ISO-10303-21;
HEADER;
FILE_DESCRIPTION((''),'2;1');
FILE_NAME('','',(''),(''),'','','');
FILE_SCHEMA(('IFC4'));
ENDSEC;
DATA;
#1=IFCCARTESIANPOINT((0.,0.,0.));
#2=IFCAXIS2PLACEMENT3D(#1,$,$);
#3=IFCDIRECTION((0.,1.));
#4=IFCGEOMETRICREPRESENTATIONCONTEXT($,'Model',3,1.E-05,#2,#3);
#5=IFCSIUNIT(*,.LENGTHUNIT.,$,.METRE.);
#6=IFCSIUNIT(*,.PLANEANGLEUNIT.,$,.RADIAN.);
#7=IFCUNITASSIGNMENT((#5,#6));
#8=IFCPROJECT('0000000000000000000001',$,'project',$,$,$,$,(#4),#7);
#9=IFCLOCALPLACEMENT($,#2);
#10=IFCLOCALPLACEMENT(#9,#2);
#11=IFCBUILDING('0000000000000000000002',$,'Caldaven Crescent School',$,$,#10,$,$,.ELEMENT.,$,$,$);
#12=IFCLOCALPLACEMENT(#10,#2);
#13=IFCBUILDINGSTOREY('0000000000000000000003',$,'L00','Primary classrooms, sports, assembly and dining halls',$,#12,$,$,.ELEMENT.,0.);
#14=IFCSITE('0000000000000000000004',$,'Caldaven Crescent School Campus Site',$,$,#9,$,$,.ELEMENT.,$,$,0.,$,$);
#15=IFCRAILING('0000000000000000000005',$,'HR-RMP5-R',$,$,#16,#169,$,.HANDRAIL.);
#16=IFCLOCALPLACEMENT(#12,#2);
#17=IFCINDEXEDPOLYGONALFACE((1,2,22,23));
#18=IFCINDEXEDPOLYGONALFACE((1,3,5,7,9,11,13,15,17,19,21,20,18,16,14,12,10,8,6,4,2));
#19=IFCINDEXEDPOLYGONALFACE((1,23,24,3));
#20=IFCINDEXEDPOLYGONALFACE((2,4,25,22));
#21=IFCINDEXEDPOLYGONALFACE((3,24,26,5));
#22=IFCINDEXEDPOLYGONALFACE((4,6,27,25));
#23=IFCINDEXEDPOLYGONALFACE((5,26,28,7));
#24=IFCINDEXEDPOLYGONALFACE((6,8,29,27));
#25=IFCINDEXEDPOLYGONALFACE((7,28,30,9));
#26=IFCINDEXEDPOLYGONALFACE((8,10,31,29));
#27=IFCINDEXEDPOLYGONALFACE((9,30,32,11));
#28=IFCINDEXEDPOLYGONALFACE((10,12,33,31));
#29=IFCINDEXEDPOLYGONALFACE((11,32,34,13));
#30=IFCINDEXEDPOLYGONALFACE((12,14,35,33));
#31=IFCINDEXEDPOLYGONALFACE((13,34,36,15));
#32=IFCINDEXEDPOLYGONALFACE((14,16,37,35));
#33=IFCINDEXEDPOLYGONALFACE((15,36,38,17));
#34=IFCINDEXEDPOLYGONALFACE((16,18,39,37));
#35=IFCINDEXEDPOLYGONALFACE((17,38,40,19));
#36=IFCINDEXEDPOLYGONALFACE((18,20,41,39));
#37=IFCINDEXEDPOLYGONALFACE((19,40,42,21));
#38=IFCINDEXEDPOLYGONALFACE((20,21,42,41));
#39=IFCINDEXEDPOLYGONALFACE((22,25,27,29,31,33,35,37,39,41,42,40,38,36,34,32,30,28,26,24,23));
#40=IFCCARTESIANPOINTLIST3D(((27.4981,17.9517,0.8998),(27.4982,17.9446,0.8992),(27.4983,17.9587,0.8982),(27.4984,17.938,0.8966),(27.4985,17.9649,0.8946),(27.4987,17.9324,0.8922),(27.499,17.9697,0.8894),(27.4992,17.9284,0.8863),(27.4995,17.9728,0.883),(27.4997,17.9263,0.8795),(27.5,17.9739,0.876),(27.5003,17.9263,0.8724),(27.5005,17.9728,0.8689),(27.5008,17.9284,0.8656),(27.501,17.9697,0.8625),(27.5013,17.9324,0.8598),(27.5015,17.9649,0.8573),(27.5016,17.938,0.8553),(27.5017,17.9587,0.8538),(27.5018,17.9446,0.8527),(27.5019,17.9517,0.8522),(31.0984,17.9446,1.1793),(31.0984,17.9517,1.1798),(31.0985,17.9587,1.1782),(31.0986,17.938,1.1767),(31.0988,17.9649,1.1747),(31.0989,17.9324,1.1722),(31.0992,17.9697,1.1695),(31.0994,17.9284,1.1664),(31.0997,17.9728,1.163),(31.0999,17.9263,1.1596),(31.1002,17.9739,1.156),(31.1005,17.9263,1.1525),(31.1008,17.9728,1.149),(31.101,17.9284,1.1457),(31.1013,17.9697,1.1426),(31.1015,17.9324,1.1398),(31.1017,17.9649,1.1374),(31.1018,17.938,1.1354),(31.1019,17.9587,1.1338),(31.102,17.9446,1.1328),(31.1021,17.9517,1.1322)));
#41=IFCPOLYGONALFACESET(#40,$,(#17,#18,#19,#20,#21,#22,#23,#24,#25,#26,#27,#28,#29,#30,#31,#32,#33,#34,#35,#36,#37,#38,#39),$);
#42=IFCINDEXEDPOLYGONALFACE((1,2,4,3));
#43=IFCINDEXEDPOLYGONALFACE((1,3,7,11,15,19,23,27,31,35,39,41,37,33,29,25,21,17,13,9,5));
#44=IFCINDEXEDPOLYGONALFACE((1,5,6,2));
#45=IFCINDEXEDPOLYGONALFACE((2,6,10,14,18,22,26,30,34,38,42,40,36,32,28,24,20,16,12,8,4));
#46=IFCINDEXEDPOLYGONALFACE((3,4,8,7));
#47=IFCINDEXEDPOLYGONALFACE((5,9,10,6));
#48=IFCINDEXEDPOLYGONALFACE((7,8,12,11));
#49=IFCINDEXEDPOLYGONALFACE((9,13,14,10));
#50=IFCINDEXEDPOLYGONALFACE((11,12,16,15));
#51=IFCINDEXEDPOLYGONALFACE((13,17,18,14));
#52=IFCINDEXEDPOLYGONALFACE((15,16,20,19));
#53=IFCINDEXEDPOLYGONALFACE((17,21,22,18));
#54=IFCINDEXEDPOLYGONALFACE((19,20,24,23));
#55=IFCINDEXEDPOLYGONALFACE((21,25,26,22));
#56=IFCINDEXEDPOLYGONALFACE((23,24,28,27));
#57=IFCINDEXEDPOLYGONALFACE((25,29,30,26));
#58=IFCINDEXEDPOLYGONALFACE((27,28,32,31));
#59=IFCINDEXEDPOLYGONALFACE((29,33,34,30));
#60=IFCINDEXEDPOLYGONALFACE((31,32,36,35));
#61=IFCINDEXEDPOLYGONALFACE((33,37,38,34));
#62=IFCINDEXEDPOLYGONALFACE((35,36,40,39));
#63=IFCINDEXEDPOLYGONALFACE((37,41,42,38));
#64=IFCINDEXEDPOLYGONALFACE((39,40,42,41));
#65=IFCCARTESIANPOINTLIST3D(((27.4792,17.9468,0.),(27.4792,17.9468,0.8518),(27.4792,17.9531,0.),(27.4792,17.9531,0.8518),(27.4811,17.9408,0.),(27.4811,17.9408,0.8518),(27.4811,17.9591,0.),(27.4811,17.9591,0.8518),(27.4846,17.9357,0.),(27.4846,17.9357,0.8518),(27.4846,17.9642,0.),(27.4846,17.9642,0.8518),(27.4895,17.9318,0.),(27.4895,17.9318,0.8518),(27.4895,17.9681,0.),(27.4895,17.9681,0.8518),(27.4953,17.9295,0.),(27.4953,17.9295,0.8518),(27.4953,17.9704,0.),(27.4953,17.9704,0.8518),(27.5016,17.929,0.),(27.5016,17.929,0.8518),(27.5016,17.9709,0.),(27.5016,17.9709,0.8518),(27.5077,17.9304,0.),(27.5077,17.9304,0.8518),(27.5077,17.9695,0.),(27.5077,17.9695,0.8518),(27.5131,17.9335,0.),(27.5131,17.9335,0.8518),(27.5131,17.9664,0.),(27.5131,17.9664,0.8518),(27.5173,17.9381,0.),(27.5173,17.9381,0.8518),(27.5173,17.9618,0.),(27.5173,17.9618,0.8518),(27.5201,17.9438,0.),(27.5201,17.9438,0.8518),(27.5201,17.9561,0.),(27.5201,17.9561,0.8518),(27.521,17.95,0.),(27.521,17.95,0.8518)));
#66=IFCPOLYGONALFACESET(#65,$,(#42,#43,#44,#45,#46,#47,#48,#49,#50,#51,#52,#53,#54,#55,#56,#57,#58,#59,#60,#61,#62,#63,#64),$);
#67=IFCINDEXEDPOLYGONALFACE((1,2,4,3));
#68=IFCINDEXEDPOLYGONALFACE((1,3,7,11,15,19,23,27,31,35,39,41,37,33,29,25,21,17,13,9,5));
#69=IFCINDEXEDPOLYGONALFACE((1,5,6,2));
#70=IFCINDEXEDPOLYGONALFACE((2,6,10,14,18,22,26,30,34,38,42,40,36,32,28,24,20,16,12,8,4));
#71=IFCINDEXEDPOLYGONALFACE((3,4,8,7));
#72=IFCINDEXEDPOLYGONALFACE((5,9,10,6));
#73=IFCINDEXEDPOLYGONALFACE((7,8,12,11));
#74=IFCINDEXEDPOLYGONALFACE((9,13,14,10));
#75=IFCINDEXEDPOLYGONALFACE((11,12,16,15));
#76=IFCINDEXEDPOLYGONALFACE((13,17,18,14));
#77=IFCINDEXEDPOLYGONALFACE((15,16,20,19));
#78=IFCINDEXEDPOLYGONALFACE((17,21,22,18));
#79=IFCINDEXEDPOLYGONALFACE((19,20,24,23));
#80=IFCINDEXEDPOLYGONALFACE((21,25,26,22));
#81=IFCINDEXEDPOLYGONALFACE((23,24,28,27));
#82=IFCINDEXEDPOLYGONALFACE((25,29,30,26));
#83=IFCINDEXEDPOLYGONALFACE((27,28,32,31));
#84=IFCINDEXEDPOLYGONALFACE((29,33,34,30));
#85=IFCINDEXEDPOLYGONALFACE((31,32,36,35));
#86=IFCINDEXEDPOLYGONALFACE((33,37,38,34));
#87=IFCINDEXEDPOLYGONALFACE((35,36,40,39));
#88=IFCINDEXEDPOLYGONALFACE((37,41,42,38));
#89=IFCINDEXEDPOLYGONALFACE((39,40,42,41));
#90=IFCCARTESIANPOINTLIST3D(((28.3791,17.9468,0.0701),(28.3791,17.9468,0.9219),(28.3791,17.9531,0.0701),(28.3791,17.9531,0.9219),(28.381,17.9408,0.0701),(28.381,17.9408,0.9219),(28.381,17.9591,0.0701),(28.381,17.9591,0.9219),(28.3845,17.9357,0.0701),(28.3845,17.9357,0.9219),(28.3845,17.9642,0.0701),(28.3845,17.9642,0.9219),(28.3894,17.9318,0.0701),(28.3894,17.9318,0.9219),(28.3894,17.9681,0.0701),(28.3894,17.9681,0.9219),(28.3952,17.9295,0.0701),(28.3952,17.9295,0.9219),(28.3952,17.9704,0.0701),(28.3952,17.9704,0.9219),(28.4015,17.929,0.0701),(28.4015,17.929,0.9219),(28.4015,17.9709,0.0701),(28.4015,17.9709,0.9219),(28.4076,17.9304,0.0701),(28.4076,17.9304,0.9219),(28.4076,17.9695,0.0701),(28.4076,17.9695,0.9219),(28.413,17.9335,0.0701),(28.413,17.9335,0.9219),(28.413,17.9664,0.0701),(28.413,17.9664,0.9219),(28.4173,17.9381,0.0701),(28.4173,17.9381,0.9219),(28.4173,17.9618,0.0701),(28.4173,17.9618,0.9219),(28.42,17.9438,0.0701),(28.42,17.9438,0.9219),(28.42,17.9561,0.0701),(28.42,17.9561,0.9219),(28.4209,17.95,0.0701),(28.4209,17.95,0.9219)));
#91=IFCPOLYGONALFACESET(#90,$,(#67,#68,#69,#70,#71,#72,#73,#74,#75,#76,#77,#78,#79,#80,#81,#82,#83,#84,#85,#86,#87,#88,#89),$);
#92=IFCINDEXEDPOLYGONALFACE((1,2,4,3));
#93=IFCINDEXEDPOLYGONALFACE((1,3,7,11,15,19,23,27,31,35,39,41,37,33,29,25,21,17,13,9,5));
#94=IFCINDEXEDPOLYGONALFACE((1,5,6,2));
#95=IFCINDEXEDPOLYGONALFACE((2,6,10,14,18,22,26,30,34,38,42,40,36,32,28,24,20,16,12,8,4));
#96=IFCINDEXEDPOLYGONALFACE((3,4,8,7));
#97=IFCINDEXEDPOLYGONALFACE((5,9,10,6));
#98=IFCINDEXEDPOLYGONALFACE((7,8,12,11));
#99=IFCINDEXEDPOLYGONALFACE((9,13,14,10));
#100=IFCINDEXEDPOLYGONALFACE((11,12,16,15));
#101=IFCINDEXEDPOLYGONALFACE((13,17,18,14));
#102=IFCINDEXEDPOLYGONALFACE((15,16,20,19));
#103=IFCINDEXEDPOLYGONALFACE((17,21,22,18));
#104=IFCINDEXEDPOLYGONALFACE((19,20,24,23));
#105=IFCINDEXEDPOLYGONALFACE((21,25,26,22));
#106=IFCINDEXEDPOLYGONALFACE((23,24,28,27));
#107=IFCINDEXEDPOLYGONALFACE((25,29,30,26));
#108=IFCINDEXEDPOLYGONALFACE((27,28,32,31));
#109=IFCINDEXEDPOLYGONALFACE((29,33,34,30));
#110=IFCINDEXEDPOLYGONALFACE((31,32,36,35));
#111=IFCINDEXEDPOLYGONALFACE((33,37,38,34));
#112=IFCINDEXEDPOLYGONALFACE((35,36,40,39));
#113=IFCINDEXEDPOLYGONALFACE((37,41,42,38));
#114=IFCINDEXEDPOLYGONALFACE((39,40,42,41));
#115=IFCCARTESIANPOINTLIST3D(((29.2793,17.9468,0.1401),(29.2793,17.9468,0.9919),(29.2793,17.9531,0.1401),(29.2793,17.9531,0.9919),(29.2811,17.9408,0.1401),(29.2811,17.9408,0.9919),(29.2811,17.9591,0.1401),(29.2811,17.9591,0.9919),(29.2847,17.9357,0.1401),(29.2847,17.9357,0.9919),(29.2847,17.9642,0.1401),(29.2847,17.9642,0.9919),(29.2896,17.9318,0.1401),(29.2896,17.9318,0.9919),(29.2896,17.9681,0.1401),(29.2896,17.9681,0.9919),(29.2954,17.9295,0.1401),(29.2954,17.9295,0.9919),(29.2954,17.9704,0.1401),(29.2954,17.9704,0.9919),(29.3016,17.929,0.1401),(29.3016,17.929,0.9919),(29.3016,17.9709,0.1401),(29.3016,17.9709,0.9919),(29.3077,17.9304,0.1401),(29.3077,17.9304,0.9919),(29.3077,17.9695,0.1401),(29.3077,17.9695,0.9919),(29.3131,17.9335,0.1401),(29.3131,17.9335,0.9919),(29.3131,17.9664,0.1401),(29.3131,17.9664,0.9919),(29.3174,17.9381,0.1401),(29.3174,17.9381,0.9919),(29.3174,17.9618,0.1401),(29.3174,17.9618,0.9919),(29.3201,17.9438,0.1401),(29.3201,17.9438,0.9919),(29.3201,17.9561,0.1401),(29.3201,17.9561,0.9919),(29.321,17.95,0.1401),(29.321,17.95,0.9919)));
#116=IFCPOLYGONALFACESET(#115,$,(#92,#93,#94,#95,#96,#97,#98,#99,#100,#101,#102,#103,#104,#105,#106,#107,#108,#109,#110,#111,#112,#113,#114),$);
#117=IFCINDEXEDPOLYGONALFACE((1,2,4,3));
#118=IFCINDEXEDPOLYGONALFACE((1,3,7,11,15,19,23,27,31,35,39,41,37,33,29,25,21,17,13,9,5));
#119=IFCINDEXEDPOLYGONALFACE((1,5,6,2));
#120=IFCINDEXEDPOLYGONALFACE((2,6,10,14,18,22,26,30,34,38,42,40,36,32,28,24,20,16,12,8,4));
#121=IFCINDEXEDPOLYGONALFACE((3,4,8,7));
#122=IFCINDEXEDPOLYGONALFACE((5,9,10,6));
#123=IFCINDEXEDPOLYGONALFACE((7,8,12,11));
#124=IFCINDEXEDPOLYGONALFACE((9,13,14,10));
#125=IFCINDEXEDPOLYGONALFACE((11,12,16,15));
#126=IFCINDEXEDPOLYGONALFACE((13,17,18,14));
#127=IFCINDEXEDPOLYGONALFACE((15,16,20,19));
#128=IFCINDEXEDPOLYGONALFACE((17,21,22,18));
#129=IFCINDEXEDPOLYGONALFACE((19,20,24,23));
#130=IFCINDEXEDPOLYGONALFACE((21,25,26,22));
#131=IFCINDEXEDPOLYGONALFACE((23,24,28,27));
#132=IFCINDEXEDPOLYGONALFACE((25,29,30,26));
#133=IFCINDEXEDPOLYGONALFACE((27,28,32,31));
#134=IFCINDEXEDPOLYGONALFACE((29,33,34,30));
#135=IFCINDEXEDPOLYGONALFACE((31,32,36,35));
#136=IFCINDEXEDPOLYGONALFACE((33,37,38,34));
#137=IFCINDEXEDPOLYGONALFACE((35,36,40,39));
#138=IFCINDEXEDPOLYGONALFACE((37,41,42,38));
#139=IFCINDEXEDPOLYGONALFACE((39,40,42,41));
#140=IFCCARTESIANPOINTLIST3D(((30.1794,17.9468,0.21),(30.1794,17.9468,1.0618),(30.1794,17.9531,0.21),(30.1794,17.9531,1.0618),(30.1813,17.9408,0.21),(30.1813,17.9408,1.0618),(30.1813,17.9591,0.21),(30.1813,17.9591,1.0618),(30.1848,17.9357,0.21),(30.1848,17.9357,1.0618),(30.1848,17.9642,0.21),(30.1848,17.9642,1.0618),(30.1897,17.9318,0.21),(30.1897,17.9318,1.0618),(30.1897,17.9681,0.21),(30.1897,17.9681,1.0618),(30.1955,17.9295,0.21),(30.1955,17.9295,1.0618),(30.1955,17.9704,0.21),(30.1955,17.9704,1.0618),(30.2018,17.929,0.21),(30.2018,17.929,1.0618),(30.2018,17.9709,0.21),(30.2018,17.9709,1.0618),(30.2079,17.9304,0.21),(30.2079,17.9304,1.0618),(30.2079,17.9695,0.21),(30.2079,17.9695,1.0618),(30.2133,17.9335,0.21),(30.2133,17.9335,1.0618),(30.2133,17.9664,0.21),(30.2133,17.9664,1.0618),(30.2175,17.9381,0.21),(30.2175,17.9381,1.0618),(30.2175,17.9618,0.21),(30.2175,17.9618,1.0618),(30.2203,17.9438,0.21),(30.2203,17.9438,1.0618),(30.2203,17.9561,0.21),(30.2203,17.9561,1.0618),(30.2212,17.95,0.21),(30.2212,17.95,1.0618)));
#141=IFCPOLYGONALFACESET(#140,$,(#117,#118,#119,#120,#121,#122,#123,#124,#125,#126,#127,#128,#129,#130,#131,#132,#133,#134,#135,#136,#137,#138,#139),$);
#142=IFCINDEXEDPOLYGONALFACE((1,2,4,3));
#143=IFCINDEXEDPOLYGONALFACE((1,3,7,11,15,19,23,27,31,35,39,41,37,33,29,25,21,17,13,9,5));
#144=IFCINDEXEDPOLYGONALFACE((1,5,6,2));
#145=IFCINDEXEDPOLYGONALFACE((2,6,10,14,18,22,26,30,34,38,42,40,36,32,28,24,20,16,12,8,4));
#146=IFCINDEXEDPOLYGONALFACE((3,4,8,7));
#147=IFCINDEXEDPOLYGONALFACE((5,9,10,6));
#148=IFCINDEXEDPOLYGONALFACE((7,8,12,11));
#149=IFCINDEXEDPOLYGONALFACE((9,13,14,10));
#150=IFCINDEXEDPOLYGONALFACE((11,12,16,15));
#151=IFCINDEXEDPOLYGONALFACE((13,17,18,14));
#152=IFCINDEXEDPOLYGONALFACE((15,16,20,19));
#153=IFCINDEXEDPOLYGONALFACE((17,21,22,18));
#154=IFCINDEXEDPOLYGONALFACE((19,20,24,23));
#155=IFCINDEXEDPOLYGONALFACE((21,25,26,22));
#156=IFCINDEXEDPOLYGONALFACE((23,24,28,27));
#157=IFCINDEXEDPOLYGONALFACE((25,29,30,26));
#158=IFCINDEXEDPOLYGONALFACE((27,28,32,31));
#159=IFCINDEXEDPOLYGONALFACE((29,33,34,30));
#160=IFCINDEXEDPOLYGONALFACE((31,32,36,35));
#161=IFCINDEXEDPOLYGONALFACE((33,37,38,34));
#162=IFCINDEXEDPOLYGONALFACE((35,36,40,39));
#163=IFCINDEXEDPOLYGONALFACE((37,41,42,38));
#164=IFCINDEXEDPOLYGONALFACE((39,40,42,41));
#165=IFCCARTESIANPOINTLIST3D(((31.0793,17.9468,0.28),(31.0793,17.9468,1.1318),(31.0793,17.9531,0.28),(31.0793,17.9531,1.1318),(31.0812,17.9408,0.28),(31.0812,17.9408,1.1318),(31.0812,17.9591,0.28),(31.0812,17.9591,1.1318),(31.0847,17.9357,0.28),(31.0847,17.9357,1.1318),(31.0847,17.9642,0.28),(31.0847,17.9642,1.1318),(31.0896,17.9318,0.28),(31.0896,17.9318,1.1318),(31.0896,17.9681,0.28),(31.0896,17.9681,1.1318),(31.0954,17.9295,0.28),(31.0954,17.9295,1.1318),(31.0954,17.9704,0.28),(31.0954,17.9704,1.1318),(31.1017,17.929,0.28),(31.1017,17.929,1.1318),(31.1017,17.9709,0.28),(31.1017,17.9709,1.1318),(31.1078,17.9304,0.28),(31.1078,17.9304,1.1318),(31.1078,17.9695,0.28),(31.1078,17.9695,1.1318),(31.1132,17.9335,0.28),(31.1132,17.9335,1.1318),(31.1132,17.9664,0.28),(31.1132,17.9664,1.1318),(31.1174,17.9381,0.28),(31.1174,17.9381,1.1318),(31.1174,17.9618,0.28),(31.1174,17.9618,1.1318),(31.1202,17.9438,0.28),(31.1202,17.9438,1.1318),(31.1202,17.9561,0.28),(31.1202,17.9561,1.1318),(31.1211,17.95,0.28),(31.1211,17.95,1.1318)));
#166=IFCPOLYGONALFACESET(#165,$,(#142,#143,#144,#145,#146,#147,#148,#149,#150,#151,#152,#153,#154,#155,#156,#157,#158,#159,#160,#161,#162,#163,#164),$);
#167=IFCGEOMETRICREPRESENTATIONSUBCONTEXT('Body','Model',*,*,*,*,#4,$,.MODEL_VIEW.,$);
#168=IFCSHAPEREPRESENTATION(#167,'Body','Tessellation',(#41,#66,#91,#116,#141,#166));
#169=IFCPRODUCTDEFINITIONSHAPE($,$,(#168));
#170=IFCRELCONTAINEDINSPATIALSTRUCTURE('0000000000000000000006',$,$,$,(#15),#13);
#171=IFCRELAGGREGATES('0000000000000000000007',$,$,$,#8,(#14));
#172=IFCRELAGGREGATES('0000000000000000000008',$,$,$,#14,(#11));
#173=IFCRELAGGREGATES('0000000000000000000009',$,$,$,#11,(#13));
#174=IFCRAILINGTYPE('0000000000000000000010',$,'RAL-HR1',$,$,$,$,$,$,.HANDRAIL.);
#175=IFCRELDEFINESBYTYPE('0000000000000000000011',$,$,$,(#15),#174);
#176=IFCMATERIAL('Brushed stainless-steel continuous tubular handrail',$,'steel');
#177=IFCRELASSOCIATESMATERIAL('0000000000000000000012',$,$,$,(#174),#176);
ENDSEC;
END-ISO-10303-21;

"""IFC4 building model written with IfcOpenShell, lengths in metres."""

from ifc_helpers import new_model, si_unit, direction, frame, origin, origin_2d, place, context, subcontext, project, spatial, circle, extrude, material, type_object, element, save


model = new_model("IFC4")

# Units and contexts
model_context = context("Model", 3, precision=1e-05, world=origin(), true_north=direction((0.0, 1.0)))
body_context = subcontext(model_context, "Body", "Model", "MODEL_VIEW")
ifc_project = project(units=[si_unit("LENGTHUNIT", "METRE"), si_unit("PLANEANGLEUNIT", "RADIAN")], contexts=[model_context])

# Site, building, storey
site_placement = place(None, origin())
site = spatial("IfcSite", under=ifc_project, at=site_placement, Name="Caldaven Crescent School Campus Site", CompositionType="ELEMENT", RefElevation=0.0)
building_placement = place(site_placement, origin())
building = spatial("IfcBuilding", under=site, at=building_placement, Name="Caldaven Crescent School", CompositionType="ELEMENT")
storey_placement = place(building_placement, origin())
storey = spatial("IfcBuildingStorey", under=building, at=storey_placement, Name="L00", Description="Primary classrooms, sports, assembly and dining halls", CompositionType="ELEMENT", Elevation=0.0)

# Railing
ifc_material_1 = material(Name="Brushed stainless-steel continuous tubular handrail", Category="steel")
railing_type = type_object("IfcRailingType", Name="RAL-HR1", PredefinedType="HANDRAIL", material=ifc_material_1)
for number, where, name in (
    (1, (27.5, 17.95, 0.0), "HR-RMP5-R"),
):
    element("IfcRailing", number, at=place(storey_placement, frame(where)), inside=storey, type_object=railing_type, Name=name, PredefinedType="HANDRAIL", context=body_context, shape_type="SweptSolid", body=[
        extrude(circle(Radius=0.0239, at=origin_2d()), frame((0.0, 0.0, 0.876), z_axis=(0.996988, 0.0, 0.07755), x_axis=(0.0, 1.0, 0.0)), (0.0, 0.0, 1.0), 3.6111),
        extrude(circle(Radius=0.021, at=origin_2d()), origin(), (0.0, 0.0, 1.0), 0.8518),
        extrude(circle(Radius=0.021, at=origin_2d()), frame((0.8999, 0.0, 0.0701)), (0.0, 0.0, 1.0), 0.8518),
        extrude(circle(Radius=0.021, at=origin_2d()), frame((1.8, 0.0, 0.1401)), (0.0, 0.0, 1.0), 0.8518),
        extrude(circle(Radius=0.021, at=origin_2d()), frame((2.7002, 0.0, 0.21)), (0.0, 0.0, 1.0), 0.8518),
        extrude(circle(Radius=0.021, at=origin_2d()), frame((3.6001, 0.0, 0.28)), (0.0, 0.0, 1.0), 0.8518),
    ])

save(model, "model.ifc")
